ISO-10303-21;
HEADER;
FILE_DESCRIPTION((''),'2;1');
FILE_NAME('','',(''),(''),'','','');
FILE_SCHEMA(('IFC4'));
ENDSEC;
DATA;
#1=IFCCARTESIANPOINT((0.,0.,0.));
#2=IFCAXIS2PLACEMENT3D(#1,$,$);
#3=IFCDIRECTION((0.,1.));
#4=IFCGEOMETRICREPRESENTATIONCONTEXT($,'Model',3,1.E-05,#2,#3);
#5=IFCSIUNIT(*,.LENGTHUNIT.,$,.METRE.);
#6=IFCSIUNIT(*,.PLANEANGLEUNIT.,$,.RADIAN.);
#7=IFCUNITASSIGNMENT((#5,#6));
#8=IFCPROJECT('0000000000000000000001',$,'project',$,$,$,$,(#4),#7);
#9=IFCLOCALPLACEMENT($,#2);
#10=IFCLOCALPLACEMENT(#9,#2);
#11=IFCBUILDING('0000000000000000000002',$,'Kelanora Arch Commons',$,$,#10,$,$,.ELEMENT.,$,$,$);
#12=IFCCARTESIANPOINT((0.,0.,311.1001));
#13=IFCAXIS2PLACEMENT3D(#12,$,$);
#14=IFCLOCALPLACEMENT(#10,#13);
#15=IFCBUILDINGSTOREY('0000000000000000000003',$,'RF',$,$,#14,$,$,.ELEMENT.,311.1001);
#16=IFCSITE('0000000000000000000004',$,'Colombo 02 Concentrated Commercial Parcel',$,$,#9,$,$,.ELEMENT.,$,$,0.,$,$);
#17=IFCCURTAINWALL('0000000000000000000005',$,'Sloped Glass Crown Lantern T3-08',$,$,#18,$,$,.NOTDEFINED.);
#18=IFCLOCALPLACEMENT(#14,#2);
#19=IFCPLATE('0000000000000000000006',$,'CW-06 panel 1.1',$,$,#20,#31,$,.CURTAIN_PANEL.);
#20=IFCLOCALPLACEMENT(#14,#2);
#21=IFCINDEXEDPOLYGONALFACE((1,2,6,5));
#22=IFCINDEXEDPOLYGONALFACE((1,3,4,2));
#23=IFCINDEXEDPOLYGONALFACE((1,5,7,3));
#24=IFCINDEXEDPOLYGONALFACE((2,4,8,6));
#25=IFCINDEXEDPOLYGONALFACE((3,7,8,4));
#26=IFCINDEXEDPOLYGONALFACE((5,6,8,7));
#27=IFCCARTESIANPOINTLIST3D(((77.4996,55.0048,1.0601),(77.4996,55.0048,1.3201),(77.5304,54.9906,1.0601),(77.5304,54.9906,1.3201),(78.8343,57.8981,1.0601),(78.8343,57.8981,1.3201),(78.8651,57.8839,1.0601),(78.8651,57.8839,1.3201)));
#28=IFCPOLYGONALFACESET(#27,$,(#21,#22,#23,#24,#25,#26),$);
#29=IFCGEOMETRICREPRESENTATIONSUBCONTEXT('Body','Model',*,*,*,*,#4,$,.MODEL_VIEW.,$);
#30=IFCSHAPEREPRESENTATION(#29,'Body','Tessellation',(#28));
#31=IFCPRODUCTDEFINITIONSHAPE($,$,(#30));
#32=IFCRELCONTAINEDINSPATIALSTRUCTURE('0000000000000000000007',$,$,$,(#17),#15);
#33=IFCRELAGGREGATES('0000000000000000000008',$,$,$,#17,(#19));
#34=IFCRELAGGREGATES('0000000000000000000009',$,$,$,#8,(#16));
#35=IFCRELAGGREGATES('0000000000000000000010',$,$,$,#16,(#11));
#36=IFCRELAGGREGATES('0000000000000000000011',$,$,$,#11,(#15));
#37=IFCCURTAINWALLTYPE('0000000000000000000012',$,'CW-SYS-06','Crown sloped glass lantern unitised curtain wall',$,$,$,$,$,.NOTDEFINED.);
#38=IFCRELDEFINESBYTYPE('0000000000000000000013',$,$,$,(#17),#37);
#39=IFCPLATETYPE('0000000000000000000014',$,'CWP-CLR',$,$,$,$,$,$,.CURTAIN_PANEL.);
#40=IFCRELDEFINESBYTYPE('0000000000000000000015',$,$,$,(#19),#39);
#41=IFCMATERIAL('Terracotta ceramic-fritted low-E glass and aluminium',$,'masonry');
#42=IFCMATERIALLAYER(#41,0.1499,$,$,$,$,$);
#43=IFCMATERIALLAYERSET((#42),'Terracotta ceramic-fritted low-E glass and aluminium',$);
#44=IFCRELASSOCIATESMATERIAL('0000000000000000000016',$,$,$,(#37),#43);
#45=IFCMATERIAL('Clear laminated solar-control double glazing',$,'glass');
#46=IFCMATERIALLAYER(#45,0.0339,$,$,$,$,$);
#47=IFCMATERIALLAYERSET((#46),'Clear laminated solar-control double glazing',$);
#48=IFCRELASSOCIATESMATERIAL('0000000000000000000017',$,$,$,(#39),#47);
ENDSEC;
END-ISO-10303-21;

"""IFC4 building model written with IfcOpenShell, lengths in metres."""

from ifc_helpers import new_model, si_unit, direction, frame, origin, origin_2d, place, context, subcontext, project, spatial, rectangle, extrude, source, transform, mapped, material, layer, layer_set, type_object, element, aggregate, save


model = new_model("IFC4")

# Units and contexts
model_context = context("Model", 3, precision=1e-05, world=origin(), true_north=direction((0.0, 1.0)))
body_context = subcontext(model_context, "Body", "Model", "MODEL_VIEW")
ifc_project = project(units=[si_unit("LENGTHUNIT", "METRE"), si_unit("PLANEANGLEUNIT", "RADIAN")], contexts=[model_context])

# Site, building, storey
site_placement = place(None, origin())
site = spatial("IfcSite", under=ifc_project, at=site_placement, Name="Colombo 02 Concentrated Commercial Parcel", CompositionType="ELEMENT", RefElevation=0.0)
building_placement = place(site_placement, origin())
building = spatial("IfcBuilding", under=site, at=building_placement, Name="Kelanora Arch Commons", CompositionType="ELEMENT")
storey_placement = place(building_placement, frame((0.0, 0.0, 311.1001)))
storey = spatial("IfcBuildingStorey", under=building, at=storey_placement, Name="RF", CompositionType="ELEMENT", Elevation=311.1001)

# Curtain wall
ifc_material_1 = material(Name="Terracotta ceramic-fritted low-E glass and aluminium", Category="masonry")
ifc_layer_1 = layer(ifc_material_1, 0.1499)
ifc_layer_set_1 = layer_set([ifc_layer_1], Name="Terracotta ceramic-fritted low-E glass and aluminium")
curtain_wall_type = type_object("IfcCurtainWallType", Name="CW-SYS-06", Description="Crown sloped glass lantern unitised curtain wall", PredefinedType="NOTDEFINED", material=ifc_layer_set_1)
curtain_wall_1_placement = place(storey_placement, origin())
curtain_wall_1 = element("IfcCurtainWall", 1, at=curtain_wall_1_placement, inside=storey, type_object=curtain_wall_type, Name="Sloped Glass Crown Lantern T3-08", PredefinedType="NOTDEFINED")

# Plate
ifc_material_2 = material(Name="Clear laminated solar-control double glazing", Category="glass")
ifc_layer_2 = layer(ifc_material_2, 0.0339)
ifc_layer_set_2 = layer_set([ifc_layer_2], Name="Clear laminated solar-control double glazing")
plate_type_1 = type_object("IfcPlateType", Name="CWP-CLR", PredefinedType="CURTAIN_PANEL", material=ifc_layer_set_2)
shared_shape_1 = source(origin(), body_context, "Body", "SweptSolid", [
    extrude(rectangle(XDim=3.1863, YDim=0.0339, at=origin_2d()), origin(), (0.0, 0.0, 1.0), 0.26),
])
plate_1_placement = place(storey_placement, frame((78.1824, 56.4443, 1.0601), z_axis=(0.0, 0.0, 1.0), x_axis=(0.418889, 0.908037, 0.0)))
plate_1 = element("IfcPlate", 2, at=plate_1_placement, type_object=plate_type_1, Name="CW-06 panel 1.1", PredefinedType="CURTAIN_PANEL", context=body_context, shape_type="MappedRepresentation", body=[
    mapped(shared_shape_1, transform((0.0, 0.0, 0.0), scale=1.0)),
])
aggregate(curtain_wall_1, [plate_1])

save(model, "model.ifc")
